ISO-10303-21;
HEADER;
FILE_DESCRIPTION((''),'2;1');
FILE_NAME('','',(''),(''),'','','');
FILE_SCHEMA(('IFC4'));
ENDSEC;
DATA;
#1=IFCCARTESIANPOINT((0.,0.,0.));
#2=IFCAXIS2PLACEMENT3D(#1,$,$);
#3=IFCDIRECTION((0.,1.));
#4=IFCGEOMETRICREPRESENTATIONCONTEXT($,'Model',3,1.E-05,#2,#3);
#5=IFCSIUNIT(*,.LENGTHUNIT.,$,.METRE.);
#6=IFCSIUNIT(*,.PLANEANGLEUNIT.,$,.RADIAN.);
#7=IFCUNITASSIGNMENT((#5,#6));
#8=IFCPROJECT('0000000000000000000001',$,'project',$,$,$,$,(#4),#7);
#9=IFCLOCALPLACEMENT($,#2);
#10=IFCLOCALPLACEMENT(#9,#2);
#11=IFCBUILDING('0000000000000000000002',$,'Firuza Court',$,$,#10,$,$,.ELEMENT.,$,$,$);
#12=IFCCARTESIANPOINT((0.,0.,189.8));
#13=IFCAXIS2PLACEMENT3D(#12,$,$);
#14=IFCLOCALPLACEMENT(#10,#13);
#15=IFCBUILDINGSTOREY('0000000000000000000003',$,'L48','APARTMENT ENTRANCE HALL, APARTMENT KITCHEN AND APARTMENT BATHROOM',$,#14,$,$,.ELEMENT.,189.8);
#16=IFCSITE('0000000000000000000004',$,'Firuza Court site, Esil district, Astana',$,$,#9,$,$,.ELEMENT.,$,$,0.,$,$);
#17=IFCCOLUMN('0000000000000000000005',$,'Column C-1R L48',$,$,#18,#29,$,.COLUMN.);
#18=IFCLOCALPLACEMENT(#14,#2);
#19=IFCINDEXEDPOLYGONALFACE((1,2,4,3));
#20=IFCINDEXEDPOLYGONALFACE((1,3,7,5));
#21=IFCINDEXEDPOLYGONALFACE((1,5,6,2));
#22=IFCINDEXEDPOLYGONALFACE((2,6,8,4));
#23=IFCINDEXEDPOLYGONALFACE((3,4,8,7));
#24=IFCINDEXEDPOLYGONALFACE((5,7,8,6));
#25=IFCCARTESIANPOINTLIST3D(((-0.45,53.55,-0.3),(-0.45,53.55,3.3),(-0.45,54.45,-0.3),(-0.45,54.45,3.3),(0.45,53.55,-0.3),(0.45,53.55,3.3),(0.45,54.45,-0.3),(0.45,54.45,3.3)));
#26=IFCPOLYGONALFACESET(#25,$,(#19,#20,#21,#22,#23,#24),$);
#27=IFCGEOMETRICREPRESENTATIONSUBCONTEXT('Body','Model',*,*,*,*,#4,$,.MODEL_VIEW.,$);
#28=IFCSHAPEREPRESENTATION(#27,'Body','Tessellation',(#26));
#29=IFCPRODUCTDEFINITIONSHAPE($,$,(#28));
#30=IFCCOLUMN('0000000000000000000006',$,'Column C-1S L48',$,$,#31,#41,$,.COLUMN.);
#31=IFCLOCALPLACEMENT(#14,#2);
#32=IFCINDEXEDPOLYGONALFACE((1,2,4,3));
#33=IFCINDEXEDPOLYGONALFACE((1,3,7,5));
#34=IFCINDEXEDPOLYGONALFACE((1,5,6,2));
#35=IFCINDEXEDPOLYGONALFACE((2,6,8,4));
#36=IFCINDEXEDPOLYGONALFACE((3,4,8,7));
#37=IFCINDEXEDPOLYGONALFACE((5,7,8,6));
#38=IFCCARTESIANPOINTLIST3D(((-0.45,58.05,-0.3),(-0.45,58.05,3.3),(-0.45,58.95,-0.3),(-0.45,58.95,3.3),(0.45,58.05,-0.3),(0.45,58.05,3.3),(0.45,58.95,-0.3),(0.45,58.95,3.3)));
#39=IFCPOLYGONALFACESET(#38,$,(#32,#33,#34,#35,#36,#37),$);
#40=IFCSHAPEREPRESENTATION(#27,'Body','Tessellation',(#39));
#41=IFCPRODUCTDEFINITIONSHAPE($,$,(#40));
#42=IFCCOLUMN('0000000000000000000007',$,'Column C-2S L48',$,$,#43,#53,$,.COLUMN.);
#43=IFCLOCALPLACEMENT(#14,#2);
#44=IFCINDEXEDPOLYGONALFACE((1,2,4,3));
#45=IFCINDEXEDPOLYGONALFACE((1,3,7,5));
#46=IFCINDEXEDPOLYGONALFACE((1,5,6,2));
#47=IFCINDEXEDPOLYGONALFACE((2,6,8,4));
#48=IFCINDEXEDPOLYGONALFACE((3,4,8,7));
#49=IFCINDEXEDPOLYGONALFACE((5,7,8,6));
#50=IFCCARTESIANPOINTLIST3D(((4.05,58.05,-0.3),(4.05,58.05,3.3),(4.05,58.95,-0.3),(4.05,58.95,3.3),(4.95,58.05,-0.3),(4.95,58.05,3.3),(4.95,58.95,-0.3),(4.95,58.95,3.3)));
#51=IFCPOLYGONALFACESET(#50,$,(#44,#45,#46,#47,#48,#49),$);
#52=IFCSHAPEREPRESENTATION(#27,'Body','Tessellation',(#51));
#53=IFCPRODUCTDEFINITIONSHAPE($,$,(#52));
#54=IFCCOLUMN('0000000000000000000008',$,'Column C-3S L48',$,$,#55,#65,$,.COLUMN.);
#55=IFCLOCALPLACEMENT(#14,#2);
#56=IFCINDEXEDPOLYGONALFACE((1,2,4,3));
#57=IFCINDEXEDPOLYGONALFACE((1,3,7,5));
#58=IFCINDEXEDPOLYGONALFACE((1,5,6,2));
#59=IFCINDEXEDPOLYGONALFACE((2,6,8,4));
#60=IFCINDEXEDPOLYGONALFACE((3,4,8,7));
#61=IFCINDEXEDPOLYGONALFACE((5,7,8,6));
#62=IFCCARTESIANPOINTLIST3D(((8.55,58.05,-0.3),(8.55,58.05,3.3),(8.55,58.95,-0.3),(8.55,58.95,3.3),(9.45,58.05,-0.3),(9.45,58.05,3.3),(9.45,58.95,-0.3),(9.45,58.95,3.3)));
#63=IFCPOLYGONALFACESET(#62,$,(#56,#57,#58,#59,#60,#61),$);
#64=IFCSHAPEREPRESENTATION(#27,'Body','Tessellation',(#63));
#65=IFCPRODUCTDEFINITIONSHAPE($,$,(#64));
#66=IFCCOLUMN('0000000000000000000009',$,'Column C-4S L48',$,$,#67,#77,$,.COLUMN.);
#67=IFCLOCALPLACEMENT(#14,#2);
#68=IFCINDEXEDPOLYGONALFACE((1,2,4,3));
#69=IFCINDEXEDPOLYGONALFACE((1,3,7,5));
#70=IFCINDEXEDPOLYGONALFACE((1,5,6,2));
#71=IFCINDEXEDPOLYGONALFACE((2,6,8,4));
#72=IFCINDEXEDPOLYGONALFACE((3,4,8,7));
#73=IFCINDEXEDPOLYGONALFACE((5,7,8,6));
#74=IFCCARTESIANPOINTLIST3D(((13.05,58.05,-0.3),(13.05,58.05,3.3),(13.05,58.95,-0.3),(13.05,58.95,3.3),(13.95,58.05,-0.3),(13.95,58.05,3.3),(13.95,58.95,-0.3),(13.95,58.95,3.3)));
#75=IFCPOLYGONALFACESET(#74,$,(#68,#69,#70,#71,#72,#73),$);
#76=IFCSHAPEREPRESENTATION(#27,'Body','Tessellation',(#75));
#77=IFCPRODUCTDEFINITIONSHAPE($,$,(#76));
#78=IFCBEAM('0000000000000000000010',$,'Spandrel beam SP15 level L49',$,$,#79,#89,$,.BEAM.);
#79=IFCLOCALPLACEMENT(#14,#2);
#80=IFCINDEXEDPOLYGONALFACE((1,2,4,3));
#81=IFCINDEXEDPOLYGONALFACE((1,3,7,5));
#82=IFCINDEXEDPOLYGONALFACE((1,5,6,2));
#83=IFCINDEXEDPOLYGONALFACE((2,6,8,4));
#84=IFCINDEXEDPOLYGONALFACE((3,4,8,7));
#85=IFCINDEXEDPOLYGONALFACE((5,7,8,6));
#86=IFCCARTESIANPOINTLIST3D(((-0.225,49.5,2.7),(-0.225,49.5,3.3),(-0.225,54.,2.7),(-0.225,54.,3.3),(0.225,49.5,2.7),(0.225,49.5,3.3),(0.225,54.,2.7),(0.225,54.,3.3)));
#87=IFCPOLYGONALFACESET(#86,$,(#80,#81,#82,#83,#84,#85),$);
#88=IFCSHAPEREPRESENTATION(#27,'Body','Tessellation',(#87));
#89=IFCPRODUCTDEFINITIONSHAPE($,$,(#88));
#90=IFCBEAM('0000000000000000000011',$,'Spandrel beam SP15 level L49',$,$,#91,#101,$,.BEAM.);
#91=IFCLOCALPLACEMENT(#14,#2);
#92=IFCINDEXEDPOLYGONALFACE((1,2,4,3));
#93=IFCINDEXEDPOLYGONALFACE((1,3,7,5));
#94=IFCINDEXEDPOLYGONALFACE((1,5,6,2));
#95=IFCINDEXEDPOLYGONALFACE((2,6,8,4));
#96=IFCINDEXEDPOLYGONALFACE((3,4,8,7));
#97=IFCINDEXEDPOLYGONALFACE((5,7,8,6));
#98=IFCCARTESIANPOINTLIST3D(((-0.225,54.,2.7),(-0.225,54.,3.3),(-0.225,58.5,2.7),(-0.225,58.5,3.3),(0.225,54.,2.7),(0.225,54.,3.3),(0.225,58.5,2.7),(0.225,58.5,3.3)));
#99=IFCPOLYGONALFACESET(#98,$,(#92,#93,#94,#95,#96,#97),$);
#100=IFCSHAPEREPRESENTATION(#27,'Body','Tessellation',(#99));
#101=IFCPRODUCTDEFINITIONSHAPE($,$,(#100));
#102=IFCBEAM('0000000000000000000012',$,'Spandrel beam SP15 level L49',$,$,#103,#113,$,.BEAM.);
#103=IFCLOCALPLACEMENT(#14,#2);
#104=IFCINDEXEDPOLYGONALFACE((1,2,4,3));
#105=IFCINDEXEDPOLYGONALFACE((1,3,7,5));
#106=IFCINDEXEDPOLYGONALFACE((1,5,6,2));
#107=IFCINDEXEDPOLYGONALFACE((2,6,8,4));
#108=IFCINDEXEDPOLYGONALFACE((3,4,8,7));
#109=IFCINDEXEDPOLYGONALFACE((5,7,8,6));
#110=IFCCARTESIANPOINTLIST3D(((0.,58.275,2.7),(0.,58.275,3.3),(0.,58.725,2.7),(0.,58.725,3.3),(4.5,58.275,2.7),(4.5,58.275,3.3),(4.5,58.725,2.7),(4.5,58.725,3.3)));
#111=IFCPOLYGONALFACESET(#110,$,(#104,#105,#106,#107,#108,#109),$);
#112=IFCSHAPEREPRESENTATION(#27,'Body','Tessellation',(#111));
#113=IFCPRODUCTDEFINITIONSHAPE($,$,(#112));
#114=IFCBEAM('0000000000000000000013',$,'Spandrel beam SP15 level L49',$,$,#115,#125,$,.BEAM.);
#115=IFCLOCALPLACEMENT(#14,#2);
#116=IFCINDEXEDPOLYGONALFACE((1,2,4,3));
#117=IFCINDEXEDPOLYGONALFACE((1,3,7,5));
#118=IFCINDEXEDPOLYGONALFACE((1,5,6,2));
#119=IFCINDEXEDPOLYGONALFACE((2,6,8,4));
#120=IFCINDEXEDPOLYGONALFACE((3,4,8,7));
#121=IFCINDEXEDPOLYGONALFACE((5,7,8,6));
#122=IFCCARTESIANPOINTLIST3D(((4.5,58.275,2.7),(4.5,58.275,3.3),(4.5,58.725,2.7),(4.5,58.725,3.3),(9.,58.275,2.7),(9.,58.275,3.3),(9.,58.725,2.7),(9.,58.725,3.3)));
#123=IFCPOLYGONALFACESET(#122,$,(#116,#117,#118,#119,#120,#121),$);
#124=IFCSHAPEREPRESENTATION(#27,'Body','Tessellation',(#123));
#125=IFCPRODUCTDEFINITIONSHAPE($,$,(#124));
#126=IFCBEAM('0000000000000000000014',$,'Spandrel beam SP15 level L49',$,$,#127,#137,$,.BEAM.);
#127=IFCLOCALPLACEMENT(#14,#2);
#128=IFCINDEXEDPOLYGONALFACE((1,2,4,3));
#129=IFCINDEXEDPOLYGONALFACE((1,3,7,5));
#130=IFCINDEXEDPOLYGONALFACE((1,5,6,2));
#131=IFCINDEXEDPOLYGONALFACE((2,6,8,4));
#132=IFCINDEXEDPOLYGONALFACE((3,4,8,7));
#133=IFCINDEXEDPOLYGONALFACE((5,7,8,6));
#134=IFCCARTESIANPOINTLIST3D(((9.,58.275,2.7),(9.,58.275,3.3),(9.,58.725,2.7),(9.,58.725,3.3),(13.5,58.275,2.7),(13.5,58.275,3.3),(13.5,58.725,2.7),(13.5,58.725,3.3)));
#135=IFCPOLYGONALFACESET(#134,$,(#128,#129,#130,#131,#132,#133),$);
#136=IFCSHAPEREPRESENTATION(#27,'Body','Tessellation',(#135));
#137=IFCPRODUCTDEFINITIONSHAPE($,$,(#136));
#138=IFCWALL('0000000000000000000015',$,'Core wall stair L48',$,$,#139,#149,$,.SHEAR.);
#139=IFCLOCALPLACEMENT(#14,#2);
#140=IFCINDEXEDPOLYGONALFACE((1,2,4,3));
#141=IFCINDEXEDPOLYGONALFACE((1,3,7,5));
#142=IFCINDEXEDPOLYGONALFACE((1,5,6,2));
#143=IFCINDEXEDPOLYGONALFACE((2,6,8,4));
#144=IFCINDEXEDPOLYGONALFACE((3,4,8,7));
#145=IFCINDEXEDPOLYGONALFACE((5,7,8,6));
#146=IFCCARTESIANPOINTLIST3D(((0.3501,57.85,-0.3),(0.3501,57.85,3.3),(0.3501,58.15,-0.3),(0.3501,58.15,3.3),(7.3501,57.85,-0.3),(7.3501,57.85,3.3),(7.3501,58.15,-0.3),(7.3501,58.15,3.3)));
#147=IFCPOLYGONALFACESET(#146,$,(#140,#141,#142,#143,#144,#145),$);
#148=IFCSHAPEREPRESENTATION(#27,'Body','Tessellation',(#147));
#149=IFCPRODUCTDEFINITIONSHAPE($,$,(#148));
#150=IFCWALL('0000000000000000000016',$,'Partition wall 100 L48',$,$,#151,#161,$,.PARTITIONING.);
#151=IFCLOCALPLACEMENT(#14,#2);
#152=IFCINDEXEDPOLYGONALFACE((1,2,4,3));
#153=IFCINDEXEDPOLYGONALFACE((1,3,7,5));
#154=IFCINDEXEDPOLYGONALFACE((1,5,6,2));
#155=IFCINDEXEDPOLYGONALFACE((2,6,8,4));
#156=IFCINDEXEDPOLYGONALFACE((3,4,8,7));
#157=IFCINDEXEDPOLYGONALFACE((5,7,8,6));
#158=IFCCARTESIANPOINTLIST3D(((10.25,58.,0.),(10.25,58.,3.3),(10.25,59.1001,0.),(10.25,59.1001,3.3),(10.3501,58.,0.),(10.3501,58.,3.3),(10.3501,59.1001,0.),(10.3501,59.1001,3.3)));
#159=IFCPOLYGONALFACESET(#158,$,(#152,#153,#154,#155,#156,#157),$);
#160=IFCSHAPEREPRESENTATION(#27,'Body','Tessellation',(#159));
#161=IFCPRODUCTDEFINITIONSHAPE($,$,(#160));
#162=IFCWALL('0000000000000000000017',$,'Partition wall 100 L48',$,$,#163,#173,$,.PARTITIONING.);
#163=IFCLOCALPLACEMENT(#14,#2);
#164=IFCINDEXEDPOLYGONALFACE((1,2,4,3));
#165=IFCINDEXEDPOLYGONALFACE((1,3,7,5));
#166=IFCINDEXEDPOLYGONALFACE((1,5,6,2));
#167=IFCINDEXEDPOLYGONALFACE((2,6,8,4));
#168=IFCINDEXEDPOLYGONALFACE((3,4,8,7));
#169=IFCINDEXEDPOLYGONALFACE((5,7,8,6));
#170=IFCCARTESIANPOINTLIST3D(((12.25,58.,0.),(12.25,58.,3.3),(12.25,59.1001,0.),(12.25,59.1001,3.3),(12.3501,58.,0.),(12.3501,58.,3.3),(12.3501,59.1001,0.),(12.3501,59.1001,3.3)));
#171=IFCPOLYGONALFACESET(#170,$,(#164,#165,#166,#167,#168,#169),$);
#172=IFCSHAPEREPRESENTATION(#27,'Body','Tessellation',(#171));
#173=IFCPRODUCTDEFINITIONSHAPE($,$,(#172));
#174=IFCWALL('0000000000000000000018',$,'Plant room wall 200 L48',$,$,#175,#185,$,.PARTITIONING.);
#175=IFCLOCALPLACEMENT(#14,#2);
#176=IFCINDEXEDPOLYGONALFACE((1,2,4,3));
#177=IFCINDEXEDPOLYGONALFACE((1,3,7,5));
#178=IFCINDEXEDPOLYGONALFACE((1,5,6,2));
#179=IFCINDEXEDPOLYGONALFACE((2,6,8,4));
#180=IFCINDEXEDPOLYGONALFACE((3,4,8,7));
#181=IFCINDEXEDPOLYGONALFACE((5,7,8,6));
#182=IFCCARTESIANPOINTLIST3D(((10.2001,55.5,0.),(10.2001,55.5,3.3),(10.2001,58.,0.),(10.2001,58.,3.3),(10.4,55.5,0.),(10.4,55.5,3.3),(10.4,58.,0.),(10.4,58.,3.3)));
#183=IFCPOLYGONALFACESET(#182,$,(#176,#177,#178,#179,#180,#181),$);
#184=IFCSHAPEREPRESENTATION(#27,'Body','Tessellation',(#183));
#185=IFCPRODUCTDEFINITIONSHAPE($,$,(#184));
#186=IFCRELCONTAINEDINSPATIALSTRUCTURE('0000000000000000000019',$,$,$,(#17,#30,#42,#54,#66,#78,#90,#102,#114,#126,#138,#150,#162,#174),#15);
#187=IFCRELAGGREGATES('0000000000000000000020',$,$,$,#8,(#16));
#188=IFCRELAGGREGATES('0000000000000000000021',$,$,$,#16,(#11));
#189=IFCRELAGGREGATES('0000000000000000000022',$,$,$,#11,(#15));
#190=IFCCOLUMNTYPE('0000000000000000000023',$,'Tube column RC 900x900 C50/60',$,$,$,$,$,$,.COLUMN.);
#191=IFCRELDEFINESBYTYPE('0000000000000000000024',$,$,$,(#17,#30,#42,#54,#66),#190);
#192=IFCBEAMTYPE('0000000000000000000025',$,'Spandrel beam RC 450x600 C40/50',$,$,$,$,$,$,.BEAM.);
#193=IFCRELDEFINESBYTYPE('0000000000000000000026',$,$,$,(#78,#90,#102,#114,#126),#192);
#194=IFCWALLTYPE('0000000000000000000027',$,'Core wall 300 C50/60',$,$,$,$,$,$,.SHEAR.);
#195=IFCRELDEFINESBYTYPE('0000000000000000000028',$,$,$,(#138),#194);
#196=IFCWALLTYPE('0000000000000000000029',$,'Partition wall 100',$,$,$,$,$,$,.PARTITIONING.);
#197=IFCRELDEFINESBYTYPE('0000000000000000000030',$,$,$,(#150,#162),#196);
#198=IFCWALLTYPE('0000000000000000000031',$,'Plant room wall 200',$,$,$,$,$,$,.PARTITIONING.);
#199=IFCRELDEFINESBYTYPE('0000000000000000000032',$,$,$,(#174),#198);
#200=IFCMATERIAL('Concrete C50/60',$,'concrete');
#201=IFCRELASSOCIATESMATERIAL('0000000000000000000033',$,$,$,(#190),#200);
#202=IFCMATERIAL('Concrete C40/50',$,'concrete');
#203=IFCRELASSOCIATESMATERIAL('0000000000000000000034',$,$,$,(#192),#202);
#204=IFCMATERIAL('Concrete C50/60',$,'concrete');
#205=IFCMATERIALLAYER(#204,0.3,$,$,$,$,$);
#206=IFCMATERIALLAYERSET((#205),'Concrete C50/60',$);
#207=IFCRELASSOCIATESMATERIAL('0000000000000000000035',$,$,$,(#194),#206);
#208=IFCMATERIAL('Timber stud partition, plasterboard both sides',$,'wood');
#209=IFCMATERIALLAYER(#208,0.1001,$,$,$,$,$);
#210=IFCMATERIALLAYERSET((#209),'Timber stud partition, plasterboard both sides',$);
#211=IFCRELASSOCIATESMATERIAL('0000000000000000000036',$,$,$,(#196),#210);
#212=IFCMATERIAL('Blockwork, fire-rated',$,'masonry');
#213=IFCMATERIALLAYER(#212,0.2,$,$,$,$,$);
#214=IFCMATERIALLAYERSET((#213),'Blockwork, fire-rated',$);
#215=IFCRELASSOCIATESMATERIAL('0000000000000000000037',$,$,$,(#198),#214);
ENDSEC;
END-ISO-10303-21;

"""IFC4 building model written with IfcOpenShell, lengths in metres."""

from ifc_helpers import new_model, si_unit, direction, frame, frame_2d, origin, origin_2d, place, context, subcontext, project, spatial, rectangle, extrude, material, layer, layer_set, material_profile, profile_set, type_object, element, save


model = new_model("IFC4")

# Units and contexts
model_context = context("Model", 3, precision=1e-05, world=origin(), true_north=direction((0.0, 1.0)))
body_context = subcontext(model_context, "Body", "Model", "MODEL_VIEW")
ifc_project = project(units=[si_unit("LENGTHUNIT", "METRE"), si_unit("PLANEANGLEUNIT", "RADIAN")], contexts=[model_context])

# Site, building, storey
site_placement = place(None, origin())
site = spatial("IfcSite", under=ifc_project, at=site_placement, Name="Firuza Court site, Esil district, Astana", CompositionType="ELEMENT", RefElevation=0.0)
building_placement = place(site_placement, origin())
building = spatial("IfcBuilding", under=site, at=building_placement, Name="Firuza Court", CompositionType="ELEMENT")
storey_placement = place(building_placement, frame((0.0, 0.0, 189.8)))
storey = spatial("IfcBuildingStorey", under=building, at=storey_placement, Name="L48", Description="APARTMENT ENTRANCE HALL, APARTMENT KITCHEN AND APARTMENT BATHROOM", CompositionType="ELEMENT", Elevation=189.8)

# Columns
ifc_material_1 = material(Name="Concrete C50/60", Category="concrete")
ifc_material_profile_1 = material_profile(ifc_material_1, rectangle(XDim=0.8999, YDim=0.8999, at=origin_2d()), Name="RC 900x900")
ifc_profile_set_1 = profile_set([ifc_material_profile_1], Name="Concrete C50/60")
column_type = type_object("IfcColumnType", Name="Tube column RC 900x900 C50/60", PredefinedType="COLUMN", material=ifc_profile_set_1)
for number, where, z_axis, x_axis, name in (
    (1, (0.0, 54.0, -0.3), (0.0, 0.0, 1.0), (1.0, 0.0, 0.0), "Column C-1R L48"),
    (2, (0.0, 58.5, -0.3), (0.0, 0.0, 1.0), (1.0, 0.0, 0.0), "Column C-1S L48"),
    (3, (4.5, 58.5, -0.3), (0.0, 0.0, 1.0), (1.0, 0.0, 0.0), "Column C-2S L48"),
    (4, (9.0, 58.5, -0.3), (0.0, 0.0, 1.0), (1.0, 0.0, 0.0), "Column C-3S L48"),
    (5, (13.5, 58.5, -0.3), (0.0, 0.0, 1.0), (1.0, 0.0, 0.0), "Column C-4S L48"),
):
    element("IfcColumn", number, at=place(storey_placement, frame(where, z_axis=z_axis, x_axis=x_axis)), inside=storey, type_object=column_type, Name=name, PredefinedType="COLUMN", context=body_context, shape_type="SweptSolid", body=[
        extrude(rectangle(XDim=0.8999, YDim=0.8999, at=origin_2d()), origin(), (0.0, 0.0, 1.0), 3.6001),
    ])

# Beams
ifc_material_2 = material(Name="Concrete C40/50", Category="concrete")
ifc_material_profile_2 = material_profile(ifc_material_2, rectangle(XDim=0.45, YDim=0.6001, at=origin_2d()), Name="RC 450x600")
ifc_profile_set_2 = profile_set([ifc_material_profile_2], Name="Concrete C40/50")
beam_type = type_object("IfcBeamType", Name="Spandrel beam RC 450x600 C40/50", PredefinedType="BEAM", material=ifc_profile_set_2)
for number, where, z_axis, x_axis, name in (
    (6, (0.0, 54.0, 3.0), (0.0, -1.0, 0.0), (1.0, 0.0, 0.0), "Spandrel beam SP15 level L49"),
    (7, (0.0, 58.5, 3.0), (0.0, -1.0, 0.0), (1.0, 0.0, 0.0), "Spandrel beam SP15 level L49"),
    (8, (4.5, 58.5, 3.0), (-1.0, 0.0, 0.0), (0.0, -1.0, 0.0), "Spandrel beam SP15 level L49"),
    (9, (9.0, 58.5, 3.0), (-1.0, 0.0, 0.0), (0.0, -1.0, 0.0), "Spandrel beam SP15 level L49"),
    (10, (13.5, 58.5, 3.0), (-1.0, 0.0, 0.0), (0.0, -1.0, 0.0), "Spandrel beam SP15 level L49"),
):
    element("IfcBeam", number, at=place(storey_placement, frame(where, z_axis=z_axis, x_axis=x_axis)), inside=storey, type_object=beam_type, Name=name, PredefinedType="BEAM", context=body_context, shape_type="SweptSolid", body=[
        extrude(rectangle(XDim=0.45, YDim=0.6001, at=origin_2d()), origin(), (0.0, 0.0, 1.0), 4.5),
    ])

# Walls
ifc_material_3 = material(Name="Concrete C50/60", Category="concrete")
ifc_layer_1 = layer(ifc_material_3, 0.3)
ifc_layer_set_1 = layer_set([ifc_layer_1], Name="Concrete C50/60")
wall_type_1 = type_object("IfcWallType", Name="Core wall 300 C50/60", PredefinedType="SHEAR", material=ifc_layer_set_1)
wall_1_placement = place(storey_placement, frame((0.3501, 58.0, -0.3), z_axis=(0.0, 0.0, 1.0), x_axis=(1.0, 0.0, 0.0)))
element("IfcWall", 11, at=wall_1_placement, inside=storey, type_object=wall_type_1, Name="Core wall stair L48", PredefinedType="SHEAR", context=body_context, shape_type="SweptSolid", body=[
    extrude(rectangle(XDim=7.0, YDim=0.3, at=frame_2d((3.5, 0.0))), origin(), (0.0, 0.0, 1.0), 3.6001),
])
ifc_material_4 = material(Name="Timber stud partition, plasterboard both sides", Category="wood")
ifc_layer_2 = layer(ifc_material_4, 0.1001)
ifc_layer_set_2 = layer_set([ifc_layer_2], Name="Timber stud partition, plasterboard both sides")
wall_type_2 = type_object("IfcWallType", Name="Partition wall 100", PredefinedType="PARTITIONING", material=ifc_layer_set_2)
for number, where, z_axis, x_axis, name in (
    (12, (10.3, 58.0, 0.0), (0.0, 0.0, 1.0), (0.0, 1.0, 0.0), "Partition wall 100 L48"),
    (13, (12.3, 58.0, 0.0), (0.0, 0.0, 1.0), (0.0, 1.0, 0.0), "Partition wall 100 L48"),
):
    element("IfcWall", number, at=place(storey_placement, frame(where, z_axis=z_axis, x_axis=x_axis)), inside=storey, type_object=wall_type_2, Name=name, PredefinedType="PARTITIONING", context=body_context, shape_type="SweptSolid", body=[
        extrude(rectangle(XDim=1.1001, YDim=0.1001, at=frame_2d((0.55, 0.0))), origin(), (0.0, 0.0, 1.0), 3.3),
    ])
ifc_material_5 = material(Name="Blockwork, fire-rated", Category="masonry")
ifc_layer_3 = layer(ifc_material_5, 0.2)
ifc_layer_set_3 = layer_set([ifc_layer_3], Name="Blockwork, fire-rated")
wall_type_3 = type_object("IfcWallType", Name="Plant room wall 200", PredefinedType="PARTITIONING", material=ifc_layer_set_3)
wall_2_placement = place(storey_placement, frame((10.3, 55.5, 0.0), z_axis=(0.0, 0.0, 1.0), x_axis=(0.0, 1.0, 0.0)))
element("IfcWall", 14, at=wall_2_placement, inside=storey, type_object=wall_type_3, Name="Plant room wall 200 L48", PredefinedType="PARTITIONING", context=body_context, shape_type="SweptSolid", body=[
    extrude(rectangle(XDim=2.5, YDim=0.2, at=frame_2d((1.25, 0.0))), origin(), (0.0, 0.0, 1.0), 3.3),
])

save(model, "model.ifc")
